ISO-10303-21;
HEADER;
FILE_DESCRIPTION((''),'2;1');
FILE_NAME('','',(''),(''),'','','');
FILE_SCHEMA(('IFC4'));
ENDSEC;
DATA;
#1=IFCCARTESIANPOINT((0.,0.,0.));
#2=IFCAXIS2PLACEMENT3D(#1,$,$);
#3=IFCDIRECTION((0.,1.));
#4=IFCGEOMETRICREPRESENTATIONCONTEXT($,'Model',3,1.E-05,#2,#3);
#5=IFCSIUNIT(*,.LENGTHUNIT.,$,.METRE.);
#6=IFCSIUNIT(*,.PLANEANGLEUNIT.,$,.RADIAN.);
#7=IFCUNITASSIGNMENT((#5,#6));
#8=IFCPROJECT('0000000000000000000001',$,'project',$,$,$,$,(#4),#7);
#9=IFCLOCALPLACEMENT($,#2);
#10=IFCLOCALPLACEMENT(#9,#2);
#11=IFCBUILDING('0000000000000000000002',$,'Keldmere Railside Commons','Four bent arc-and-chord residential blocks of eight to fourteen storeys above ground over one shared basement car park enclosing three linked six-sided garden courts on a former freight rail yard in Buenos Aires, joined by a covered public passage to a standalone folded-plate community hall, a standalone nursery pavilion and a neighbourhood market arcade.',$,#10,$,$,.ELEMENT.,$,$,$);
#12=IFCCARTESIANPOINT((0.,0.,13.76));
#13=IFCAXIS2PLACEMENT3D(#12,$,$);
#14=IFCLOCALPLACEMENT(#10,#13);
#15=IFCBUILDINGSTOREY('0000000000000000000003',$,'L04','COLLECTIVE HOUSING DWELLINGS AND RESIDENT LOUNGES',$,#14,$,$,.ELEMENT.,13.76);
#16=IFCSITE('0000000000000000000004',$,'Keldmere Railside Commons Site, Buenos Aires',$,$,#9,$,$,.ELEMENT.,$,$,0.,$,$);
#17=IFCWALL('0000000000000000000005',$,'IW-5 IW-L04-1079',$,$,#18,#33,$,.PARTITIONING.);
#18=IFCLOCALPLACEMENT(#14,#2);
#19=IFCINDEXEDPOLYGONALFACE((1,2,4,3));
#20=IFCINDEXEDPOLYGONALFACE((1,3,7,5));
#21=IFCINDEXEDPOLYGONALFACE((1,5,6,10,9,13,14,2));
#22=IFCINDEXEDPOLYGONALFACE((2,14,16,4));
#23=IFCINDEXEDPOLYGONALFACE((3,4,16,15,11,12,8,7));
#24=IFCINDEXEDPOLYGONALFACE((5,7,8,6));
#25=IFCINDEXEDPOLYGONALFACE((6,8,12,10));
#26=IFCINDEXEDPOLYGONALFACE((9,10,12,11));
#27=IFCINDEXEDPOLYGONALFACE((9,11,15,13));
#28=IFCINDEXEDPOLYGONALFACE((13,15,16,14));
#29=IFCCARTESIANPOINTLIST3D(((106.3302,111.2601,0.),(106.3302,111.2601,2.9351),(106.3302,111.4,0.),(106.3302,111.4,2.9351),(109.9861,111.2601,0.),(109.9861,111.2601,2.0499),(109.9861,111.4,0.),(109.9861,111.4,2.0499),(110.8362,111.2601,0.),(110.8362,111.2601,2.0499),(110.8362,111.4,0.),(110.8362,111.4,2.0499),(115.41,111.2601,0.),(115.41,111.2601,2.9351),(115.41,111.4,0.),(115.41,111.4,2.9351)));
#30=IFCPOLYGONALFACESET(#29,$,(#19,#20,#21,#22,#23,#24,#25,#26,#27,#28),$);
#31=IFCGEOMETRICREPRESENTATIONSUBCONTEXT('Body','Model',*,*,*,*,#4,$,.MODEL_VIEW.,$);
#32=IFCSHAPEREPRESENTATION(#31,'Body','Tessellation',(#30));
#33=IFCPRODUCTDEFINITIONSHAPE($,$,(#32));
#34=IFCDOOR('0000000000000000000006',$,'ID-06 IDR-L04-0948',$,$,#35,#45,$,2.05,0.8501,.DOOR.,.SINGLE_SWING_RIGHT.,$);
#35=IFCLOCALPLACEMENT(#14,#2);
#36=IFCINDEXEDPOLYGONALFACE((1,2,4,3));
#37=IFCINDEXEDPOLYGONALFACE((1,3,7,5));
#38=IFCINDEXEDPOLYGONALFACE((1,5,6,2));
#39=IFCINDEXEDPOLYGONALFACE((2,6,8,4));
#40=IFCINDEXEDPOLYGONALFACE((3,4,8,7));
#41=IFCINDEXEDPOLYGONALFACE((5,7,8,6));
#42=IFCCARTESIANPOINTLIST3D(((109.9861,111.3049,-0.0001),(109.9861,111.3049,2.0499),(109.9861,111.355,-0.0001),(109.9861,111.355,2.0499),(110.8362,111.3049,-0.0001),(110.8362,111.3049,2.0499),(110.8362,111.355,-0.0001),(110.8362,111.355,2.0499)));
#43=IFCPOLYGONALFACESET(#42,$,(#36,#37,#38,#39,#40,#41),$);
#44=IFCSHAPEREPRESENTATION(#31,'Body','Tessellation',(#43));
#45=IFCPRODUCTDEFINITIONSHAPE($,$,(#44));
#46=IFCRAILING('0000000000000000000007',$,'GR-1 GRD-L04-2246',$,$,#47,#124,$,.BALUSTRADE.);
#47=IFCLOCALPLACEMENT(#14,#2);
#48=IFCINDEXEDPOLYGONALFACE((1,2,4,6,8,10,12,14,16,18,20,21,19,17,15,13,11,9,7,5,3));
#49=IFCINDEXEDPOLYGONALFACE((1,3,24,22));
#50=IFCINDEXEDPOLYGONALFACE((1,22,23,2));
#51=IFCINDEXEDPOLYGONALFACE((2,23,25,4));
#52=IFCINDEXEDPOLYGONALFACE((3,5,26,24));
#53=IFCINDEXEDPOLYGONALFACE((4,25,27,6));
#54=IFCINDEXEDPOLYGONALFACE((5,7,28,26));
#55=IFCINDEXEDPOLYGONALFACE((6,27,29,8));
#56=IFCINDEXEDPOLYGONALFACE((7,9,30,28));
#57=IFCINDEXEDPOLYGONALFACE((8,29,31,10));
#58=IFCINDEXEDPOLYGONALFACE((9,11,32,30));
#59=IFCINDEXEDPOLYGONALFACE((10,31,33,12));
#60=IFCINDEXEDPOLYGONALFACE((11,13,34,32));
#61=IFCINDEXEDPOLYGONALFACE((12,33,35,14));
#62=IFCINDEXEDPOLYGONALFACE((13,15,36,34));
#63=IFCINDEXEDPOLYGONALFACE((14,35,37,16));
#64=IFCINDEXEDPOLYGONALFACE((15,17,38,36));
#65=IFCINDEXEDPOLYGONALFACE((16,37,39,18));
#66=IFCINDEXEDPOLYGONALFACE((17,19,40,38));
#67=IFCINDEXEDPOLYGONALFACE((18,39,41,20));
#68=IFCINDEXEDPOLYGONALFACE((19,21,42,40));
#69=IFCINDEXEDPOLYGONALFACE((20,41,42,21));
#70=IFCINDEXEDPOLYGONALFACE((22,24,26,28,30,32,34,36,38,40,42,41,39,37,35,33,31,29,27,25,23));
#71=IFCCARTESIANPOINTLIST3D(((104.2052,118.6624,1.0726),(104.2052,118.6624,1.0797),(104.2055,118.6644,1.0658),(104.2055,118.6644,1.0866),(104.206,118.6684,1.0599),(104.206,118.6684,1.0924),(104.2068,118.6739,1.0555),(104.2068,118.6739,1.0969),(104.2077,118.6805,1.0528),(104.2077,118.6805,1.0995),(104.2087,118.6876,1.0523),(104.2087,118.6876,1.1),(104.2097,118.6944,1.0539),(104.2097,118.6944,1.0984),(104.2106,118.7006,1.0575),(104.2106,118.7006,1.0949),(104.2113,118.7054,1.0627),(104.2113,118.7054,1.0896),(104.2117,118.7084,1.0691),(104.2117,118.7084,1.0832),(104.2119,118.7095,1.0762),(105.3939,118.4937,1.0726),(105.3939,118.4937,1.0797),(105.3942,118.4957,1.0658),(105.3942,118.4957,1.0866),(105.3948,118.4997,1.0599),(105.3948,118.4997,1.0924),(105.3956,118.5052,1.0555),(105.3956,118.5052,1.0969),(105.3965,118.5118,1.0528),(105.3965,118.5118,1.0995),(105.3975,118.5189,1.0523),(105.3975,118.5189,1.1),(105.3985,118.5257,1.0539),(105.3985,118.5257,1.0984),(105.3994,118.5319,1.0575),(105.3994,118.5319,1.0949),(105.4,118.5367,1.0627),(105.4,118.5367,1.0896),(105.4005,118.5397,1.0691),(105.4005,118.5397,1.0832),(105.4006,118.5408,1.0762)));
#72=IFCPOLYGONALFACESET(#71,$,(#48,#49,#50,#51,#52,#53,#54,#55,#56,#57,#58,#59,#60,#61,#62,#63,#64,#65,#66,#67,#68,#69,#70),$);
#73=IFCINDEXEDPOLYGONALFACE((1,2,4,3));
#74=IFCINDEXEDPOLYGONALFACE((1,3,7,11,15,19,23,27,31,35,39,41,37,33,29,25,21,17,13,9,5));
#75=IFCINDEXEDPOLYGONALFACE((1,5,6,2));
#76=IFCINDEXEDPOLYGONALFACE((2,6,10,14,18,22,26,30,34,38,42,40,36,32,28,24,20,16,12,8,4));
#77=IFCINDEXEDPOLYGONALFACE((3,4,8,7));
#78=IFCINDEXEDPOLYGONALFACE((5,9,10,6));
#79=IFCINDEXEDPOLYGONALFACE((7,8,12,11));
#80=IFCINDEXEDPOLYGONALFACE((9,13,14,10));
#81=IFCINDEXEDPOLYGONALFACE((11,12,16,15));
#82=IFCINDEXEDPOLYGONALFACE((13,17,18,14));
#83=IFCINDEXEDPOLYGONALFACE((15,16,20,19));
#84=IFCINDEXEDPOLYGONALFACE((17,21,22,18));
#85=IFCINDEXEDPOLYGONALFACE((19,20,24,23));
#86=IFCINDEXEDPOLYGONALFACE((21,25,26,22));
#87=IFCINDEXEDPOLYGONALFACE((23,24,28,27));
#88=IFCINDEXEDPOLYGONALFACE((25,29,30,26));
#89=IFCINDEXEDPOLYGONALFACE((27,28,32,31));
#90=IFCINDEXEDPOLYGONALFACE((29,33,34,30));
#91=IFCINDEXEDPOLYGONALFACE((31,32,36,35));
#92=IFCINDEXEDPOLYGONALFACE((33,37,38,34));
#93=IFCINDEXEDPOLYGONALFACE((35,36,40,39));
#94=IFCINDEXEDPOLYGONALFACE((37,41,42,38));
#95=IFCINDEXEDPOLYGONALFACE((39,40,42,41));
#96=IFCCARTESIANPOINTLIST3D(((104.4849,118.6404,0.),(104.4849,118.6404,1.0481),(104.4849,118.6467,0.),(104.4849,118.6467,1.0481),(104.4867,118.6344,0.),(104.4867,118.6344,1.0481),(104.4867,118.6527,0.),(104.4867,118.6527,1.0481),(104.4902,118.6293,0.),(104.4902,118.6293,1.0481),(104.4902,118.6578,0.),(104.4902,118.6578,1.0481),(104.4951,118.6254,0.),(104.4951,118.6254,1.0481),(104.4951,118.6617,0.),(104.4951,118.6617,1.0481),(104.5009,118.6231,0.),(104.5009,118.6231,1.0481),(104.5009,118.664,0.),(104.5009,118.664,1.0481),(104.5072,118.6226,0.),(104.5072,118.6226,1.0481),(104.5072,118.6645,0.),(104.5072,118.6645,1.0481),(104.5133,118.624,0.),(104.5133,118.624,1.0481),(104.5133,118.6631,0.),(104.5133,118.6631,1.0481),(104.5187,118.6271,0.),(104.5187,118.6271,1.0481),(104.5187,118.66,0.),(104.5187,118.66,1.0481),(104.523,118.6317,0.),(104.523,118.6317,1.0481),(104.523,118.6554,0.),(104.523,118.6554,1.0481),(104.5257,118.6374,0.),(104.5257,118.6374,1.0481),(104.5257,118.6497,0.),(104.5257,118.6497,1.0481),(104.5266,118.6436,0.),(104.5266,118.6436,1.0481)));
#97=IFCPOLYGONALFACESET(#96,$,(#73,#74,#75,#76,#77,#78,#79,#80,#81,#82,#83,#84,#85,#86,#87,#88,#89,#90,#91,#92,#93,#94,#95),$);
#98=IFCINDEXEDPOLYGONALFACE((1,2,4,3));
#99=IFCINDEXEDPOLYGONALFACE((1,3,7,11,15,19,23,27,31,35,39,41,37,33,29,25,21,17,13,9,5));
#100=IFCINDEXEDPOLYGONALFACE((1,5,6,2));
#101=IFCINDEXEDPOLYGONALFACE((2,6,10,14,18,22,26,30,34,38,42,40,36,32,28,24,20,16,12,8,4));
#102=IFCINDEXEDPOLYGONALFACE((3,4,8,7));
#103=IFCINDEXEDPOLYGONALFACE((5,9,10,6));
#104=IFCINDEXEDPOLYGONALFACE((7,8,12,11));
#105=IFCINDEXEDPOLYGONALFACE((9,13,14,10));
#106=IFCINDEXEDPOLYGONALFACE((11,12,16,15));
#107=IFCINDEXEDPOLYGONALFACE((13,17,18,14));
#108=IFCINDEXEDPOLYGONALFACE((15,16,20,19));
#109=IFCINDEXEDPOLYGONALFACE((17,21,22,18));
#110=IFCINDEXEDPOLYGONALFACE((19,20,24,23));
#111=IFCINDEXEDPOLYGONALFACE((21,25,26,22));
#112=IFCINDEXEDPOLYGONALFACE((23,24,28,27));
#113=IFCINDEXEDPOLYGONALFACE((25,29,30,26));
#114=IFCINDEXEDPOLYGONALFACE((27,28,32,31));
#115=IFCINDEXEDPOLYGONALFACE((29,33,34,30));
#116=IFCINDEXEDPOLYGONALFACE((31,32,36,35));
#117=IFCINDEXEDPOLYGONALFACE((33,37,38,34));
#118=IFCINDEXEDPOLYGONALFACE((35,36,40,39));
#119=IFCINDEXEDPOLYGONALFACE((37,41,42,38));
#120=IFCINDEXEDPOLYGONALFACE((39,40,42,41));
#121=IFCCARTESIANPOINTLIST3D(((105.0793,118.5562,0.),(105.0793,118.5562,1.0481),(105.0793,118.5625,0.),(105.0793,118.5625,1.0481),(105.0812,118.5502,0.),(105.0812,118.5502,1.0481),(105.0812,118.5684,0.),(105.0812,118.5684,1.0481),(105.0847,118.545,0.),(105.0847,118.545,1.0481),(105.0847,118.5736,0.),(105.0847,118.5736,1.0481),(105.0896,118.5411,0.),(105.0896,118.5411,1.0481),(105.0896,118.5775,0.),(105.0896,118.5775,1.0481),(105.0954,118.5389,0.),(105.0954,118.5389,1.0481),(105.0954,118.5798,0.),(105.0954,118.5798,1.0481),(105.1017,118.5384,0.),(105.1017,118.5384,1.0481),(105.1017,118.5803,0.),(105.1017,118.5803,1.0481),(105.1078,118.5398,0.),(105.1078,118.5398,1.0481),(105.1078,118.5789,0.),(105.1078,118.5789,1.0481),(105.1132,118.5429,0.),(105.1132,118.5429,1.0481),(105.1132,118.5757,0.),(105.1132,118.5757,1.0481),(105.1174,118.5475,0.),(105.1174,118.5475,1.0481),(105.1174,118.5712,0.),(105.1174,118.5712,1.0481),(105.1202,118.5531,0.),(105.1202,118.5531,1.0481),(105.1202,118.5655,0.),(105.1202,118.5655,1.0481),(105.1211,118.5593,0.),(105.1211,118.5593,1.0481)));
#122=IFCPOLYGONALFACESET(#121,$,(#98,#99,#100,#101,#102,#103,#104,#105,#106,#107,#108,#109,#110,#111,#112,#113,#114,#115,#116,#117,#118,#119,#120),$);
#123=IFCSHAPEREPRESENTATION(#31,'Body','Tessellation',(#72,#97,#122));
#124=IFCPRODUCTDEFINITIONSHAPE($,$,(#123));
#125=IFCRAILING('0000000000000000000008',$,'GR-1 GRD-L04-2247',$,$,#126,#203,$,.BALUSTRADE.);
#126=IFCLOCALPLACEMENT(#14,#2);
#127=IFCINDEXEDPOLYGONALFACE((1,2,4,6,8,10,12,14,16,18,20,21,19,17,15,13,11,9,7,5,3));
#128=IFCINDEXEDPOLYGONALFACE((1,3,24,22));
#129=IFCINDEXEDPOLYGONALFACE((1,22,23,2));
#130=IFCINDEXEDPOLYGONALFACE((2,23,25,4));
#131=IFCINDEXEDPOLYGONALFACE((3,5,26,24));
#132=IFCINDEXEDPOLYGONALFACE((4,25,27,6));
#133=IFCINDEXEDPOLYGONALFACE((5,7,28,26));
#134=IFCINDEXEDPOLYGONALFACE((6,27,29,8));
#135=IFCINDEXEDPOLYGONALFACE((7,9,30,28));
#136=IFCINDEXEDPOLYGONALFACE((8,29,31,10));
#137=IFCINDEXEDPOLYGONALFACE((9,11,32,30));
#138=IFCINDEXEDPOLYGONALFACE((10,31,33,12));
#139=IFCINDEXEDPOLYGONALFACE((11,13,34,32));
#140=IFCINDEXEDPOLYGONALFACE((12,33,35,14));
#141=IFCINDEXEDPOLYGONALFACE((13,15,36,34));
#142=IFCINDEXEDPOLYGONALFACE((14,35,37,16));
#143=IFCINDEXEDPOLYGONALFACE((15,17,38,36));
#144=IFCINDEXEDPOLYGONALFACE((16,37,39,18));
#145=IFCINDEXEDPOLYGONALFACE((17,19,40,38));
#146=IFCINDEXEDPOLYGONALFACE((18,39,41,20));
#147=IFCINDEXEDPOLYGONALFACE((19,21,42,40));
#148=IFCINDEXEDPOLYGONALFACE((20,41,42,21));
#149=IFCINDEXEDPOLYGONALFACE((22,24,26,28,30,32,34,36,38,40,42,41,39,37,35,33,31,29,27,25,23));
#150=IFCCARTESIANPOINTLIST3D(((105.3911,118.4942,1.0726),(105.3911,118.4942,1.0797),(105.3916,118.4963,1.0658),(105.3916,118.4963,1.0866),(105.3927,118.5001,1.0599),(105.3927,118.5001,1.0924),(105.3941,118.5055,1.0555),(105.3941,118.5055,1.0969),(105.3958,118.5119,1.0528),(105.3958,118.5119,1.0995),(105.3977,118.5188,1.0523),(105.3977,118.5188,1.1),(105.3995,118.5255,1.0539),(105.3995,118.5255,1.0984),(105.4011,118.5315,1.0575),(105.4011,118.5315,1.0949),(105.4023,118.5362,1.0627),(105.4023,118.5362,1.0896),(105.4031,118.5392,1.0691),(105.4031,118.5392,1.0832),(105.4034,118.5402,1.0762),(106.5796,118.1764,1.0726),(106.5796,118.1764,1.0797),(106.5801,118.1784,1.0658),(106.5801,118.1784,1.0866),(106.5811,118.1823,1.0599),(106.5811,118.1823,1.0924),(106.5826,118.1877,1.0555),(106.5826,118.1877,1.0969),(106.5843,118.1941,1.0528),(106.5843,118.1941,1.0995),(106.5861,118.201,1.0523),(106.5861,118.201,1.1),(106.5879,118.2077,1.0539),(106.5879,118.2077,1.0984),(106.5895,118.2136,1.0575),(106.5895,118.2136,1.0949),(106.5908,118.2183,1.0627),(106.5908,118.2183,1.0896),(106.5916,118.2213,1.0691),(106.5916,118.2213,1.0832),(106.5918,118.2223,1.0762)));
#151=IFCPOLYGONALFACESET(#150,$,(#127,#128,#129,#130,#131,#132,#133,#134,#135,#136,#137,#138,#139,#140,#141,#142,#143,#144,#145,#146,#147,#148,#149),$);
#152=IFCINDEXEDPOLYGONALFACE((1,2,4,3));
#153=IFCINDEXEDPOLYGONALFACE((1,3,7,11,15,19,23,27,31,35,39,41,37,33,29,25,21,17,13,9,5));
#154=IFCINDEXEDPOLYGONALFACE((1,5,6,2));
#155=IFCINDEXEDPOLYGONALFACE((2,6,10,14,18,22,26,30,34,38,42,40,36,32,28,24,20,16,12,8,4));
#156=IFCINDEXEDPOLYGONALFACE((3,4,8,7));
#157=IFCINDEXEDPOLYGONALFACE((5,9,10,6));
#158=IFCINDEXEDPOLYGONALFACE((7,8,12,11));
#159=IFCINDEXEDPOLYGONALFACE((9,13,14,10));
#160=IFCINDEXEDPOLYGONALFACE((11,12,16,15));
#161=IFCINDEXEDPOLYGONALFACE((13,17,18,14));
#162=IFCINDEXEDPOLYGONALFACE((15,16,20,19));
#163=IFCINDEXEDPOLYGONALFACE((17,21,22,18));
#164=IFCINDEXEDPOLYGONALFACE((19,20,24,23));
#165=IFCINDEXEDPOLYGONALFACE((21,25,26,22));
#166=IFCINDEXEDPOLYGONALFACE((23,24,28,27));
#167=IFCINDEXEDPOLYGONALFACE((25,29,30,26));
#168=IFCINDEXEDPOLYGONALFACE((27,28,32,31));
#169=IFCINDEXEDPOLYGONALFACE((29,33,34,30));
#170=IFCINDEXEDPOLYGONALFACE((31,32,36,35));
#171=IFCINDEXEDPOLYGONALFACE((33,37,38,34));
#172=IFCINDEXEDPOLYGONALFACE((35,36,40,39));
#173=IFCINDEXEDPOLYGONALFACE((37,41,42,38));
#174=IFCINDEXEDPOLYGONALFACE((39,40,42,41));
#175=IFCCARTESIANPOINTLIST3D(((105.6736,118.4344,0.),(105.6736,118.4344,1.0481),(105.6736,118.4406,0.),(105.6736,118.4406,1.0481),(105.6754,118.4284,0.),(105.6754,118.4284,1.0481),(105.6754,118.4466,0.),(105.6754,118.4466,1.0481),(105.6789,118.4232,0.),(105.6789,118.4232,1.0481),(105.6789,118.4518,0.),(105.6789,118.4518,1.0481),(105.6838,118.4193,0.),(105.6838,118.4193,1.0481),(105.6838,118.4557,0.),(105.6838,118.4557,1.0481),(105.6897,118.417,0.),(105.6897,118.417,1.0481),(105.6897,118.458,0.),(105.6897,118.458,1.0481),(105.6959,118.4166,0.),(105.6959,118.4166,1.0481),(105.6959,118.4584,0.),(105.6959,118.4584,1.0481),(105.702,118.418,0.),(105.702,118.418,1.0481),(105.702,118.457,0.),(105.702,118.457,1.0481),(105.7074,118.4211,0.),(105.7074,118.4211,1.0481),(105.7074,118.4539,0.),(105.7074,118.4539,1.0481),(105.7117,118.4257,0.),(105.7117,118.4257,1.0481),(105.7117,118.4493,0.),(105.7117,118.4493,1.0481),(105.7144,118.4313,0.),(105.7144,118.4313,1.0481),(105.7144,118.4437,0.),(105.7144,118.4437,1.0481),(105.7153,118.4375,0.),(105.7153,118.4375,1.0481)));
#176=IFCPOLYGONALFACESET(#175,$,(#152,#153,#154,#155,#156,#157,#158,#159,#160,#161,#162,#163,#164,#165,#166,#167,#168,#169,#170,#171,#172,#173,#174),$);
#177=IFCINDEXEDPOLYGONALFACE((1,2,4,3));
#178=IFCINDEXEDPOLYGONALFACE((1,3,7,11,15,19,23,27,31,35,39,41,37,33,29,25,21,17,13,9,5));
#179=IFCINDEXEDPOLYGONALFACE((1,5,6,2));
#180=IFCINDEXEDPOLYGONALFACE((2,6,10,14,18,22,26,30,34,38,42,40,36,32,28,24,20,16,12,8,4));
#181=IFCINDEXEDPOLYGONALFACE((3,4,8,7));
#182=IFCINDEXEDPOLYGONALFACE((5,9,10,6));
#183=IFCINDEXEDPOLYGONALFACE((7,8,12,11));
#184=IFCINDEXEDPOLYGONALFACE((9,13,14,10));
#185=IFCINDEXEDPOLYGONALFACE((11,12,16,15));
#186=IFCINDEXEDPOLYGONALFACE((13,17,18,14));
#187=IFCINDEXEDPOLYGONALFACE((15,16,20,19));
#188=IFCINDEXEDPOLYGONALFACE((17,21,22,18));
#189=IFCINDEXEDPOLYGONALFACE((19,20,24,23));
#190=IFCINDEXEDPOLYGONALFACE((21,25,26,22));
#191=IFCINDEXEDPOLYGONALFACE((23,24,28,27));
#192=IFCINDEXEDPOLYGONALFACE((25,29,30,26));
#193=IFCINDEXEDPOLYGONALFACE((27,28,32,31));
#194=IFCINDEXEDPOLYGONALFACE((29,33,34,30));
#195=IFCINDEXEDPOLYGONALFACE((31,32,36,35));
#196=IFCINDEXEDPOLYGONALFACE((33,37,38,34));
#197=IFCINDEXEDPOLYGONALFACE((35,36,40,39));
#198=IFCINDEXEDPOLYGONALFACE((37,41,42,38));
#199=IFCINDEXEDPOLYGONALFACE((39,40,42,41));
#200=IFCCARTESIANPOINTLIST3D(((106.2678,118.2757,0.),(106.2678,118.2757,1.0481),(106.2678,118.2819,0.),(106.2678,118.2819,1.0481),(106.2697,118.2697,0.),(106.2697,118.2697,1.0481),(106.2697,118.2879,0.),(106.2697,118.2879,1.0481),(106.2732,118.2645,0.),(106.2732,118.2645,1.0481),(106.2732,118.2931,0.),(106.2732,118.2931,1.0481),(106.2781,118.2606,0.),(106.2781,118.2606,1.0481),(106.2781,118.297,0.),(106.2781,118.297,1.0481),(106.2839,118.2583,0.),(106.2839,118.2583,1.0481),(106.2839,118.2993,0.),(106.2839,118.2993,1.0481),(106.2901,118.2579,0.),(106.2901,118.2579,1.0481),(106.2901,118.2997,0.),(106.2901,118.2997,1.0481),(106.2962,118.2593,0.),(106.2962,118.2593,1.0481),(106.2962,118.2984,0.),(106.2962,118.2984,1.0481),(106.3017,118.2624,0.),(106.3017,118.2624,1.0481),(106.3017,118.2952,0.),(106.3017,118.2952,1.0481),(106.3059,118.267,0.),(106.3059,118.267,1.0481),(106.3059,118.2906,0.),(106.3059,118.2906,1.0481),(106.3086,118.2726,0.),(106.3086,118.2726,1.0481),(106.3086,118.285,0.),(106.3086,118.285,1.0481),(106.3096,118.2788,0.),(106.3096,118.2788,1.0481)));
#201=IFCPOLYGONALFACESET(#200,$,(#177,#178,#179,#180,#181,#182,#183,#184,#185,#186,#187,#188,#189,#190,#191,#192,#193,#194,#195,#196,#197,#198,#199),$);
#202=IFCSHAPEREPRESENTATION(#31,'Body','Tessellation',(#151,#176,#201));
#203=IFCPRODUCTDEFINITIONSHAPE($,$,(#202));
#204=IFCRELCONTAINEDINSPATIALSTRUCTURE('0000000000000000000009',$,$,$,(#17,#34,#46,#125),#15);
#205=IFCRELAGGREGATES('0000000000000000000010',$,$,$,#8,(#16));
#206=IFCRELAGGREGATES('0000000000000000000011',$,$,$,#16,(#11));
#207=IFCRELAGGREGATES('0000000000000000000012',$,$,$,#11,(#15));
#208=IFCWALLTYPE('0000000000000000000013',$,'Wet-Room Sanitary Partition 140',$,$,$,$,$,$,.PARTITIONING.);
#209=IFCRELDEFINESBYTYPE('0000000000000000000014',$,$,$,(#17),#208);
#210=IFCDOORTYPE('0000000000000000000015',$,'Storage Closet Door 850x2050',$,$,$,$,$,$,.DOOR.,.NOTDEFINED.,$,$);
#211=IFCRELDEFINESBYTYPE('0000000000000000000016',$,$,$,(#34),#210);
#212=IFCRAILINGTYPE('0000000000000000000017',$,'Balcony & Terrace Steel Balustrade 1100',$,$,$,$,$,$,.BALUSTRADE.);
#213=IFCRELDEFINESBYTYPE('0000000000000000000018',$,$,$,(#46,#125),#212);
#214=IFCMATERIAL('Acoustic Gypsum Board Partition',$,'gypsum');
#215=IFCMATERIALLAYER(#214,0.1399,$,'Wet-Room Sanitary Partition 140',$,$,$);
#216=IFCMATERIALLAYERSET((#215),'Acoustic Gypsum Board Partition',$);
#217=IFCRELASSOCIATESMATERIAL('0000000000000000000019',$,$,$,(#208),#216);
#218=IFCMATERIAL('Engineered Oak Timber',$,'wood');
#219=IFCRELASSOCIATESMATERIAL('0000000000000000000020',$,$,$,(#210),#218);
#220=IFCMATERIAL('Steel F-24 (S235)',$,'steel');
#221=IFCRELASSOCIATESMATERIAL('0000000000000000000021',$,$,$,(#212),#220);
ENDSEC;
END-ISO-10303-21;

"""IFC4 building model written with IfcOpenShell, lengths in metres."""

from ifc_helpers import new_model, si_unit, direction, frame, frame_2d, origin, origin_2d, place, context, subcontext, project, spatial, rectangle, circle, extrude, material, layer, layer_set, type_object, element, fill, save


model = new_model("IFC4")

# Units and contexts
model_context = context("Model", 3, precision=1e-05, world=origin(), true_north=direction((0.0, 1.0)))
body_context = subcontext(model_context, "Body", "Model", "MODEL_VIEW")
ifc_project = project(units=[si_unit("LENGTHUNIT", "METRE"), si_unit("PLANEANGLEUNIT", "RADIAN")], contexts=[model_context])

# Site, building, storey
site_placement = place(None, origin())
site = spatial("IfcSite", under=ifc_project, at=site_placement, Name="Keldmere Railside Commons Site, Buenos Aires", CompositionType="ELEMENT", RefElevation=0.0)
building_placement = place(site_placement, origin())
building = spatial("IfcBuilding", under=site, at=building_placement, Name="Keldmere Railside Commons", Description="Four bent arc-and-chord residential blocks of eight to fourteen storeys above ground over one shared basement car park enclosing three linked six-sided garden courts on a former freight rail yard in Buenos Aires, joined by a covered public passage to a standalone folded-plate community hall, a standalone nursery pavilion and a neighbourhood market arcade.", CompositionType="ELEMENT")
storey_placement = place(building_placement, frame((0.0, 0.0, 13.76)))
storey = spatial("IfcBuildingStorey", under=building, at=storey_placement, Name="L04", Description="COLLECTIVE HOUSING DWELLINGS AND RESIDENT LOUNGES", CompositionType="ELEMENT", Elevation=13.76)

# Wall, opening, door
ifc_material_1 = material(Name="Acoustic Gypsum Board Partition", Category="gypsum")
ifc_material_2 = material(Name="Engineered Oak Timber", Category="wood")
ifc_layer_1 = layer(ifc_material_1, 0.1399, Name="Wet-Room Sanitary Partition 140")
ifc_layer_set_1 = layer_set([ifc_layer_1], Name="Acoustic Gypsum Board Partition")
wall_type_1 = type_object("IfcWallType", Name="Wet-Room Sanitary Partition 140", PredefinedType="PARTITIONING", material=ifc_layer_set_1)
wall_1_placement = place(storey_placement, frame((106.3301, 111.3301, 0.0), z_axis=(0.0, 0.0, 1.0), x_axis=(1.0, 0.0, 0.0)))
wall_1 = element("IfcWall", 1, at=wall_1_placement, inside=storey, type_object=wall_type_1, Name="IW-5 IW-L04-1079", PredefinedType="PARTITIONING", context=body_context, shape_type="SweptSolid", body=[
    extrude(rectangle(XDim=9.0798, YDim=0.1399, at=frame_2d((4.54, 0.0))), origin(), (0.0, 0.0, 1.0), 2.9351),
])
opening_1_placement = place(wall_1_placement, frame((3.656, 0.0, 0.0)))
opening_1 = element("IfcOpeningElement", 2, at=opening_1_placement, cuts=wall_1, PredefinedType="OPENING", context=body_context, shape_type="SweptSolid", body=[
    extrude(rectangle(XDim=0.8501, YDim=2.05, at=frame_2d((0.425, 1.0249))), frame((0.0, 0.0798, 0.0), z_axis=(0.0, -1.0, 0.0), x_axis=(1.0, 0.0, 0.0)), (0.0, 0.0, 1.0), 0.1599),
])
door_type_1 = type_object("IfcDoorType", Name="Storage Closet Door 850x2050", OperationType="NOTDEFINED", PredefinedType="DOOR", material=ifc_material_2)
door_1_placement = place(opening_1_placement, origin())
door_1 = element("IfcDoor", 3, at=door_1_placement, inside=storey, type_object=door_type_1, Name="ID-06 IDR-L04-0948", OperationType="SINGLE_SWING_RIGHT", OverallHeight=2.05, OverallWidth=0.8501, PredefinedType="DOOR", context=body_context, shape_type="SweptSolid", body=[
    extrude(rectangle(XDim=0.8501, YDim=2.05, at=frame_2d((0.425, 1.0249))), frame((0.0, 0.0249, 0.0), z_axis=(0.0, -1.0, 0.0), x_axis=(1.0, 0.0, 0.0)), (0.0, 0.0, 1.0), 0.05),
])
fill(opening_1, door_1)

# Railings
ifc_material_3 = material(Name="Steel F-24 (S235)", Category="steel")
railing_type = type_object("IfcRailingType", Name="Balcony & Terrace Steel Balustrade 1100", PredefinedType="BALUSTRADE", material=ifc_material_3)
railing_1_placement = place(storey_placement, frame((104.2085, 118.6858, 0.0)))
element("IfcRailing", 4, at=railing_1_placement, inside=storey, type_object=railing_type, Name="GR-1 GRD-L04-2246", PredefinedType="BALUSTRADE", context=body_context, shape_type="SweptSolid", body=[
    extrude(circle(Radius=0.0239, at=origin_2d()), frame((0.0, 0.0, 1.0762), z_axis=(0.990079, -0.14051, 0.0), x_axis=(0.14051, 0.990079, 0.0)), (0.0, 0.0, 1.0), 1.2007),
    extrude(circle(Radius=0.021, at=origin_2d()), frame((0.2971, -0.0422, 0.0)), (0.0, 0.0, 1.0), 1.0481),
    extrude(circle(Radius=0.021, at=origin_2d()), frame((0.8916, -0.1265, 0.0)), (0.0, 0.0, 1.0), 1.0481),
])
railing_2_placement = place(storey_placement, frame((105.3972, 118.5171, 0.0)))
element("IfcRailing", 5, at=railing_2_placement, inside=storey, type_object=railing_type, Name="GR-1 GRD-L04-2247", PredefinedType="BALUSTRADE", context=body_context, shape_type="SweptSolid", body=[
    extrude(circle(Radius=0.0239, at=origin_2d()), frame((0.0, 0.0, 1.0762), z_axis=(0.966044, -0.258379, 0.0), x_axis=(0.258379, 0.966044, 0.0)), (0.0, 0.0, 1.0), 1.2302),
    extrude(circle(Radius=0.021, at=origin_2d()), frame((0.2971, -0.0796, 0.0)), (0.0, 0.0, 1.0), 1.0481),
    extrude(circle(Radius=0.021, at=origin_2d()), frame((0.8914, -0.2383, 0.0)), (0.0, 0.0, 1.0), 1.0481),
])

save(model, "model.ifc")
